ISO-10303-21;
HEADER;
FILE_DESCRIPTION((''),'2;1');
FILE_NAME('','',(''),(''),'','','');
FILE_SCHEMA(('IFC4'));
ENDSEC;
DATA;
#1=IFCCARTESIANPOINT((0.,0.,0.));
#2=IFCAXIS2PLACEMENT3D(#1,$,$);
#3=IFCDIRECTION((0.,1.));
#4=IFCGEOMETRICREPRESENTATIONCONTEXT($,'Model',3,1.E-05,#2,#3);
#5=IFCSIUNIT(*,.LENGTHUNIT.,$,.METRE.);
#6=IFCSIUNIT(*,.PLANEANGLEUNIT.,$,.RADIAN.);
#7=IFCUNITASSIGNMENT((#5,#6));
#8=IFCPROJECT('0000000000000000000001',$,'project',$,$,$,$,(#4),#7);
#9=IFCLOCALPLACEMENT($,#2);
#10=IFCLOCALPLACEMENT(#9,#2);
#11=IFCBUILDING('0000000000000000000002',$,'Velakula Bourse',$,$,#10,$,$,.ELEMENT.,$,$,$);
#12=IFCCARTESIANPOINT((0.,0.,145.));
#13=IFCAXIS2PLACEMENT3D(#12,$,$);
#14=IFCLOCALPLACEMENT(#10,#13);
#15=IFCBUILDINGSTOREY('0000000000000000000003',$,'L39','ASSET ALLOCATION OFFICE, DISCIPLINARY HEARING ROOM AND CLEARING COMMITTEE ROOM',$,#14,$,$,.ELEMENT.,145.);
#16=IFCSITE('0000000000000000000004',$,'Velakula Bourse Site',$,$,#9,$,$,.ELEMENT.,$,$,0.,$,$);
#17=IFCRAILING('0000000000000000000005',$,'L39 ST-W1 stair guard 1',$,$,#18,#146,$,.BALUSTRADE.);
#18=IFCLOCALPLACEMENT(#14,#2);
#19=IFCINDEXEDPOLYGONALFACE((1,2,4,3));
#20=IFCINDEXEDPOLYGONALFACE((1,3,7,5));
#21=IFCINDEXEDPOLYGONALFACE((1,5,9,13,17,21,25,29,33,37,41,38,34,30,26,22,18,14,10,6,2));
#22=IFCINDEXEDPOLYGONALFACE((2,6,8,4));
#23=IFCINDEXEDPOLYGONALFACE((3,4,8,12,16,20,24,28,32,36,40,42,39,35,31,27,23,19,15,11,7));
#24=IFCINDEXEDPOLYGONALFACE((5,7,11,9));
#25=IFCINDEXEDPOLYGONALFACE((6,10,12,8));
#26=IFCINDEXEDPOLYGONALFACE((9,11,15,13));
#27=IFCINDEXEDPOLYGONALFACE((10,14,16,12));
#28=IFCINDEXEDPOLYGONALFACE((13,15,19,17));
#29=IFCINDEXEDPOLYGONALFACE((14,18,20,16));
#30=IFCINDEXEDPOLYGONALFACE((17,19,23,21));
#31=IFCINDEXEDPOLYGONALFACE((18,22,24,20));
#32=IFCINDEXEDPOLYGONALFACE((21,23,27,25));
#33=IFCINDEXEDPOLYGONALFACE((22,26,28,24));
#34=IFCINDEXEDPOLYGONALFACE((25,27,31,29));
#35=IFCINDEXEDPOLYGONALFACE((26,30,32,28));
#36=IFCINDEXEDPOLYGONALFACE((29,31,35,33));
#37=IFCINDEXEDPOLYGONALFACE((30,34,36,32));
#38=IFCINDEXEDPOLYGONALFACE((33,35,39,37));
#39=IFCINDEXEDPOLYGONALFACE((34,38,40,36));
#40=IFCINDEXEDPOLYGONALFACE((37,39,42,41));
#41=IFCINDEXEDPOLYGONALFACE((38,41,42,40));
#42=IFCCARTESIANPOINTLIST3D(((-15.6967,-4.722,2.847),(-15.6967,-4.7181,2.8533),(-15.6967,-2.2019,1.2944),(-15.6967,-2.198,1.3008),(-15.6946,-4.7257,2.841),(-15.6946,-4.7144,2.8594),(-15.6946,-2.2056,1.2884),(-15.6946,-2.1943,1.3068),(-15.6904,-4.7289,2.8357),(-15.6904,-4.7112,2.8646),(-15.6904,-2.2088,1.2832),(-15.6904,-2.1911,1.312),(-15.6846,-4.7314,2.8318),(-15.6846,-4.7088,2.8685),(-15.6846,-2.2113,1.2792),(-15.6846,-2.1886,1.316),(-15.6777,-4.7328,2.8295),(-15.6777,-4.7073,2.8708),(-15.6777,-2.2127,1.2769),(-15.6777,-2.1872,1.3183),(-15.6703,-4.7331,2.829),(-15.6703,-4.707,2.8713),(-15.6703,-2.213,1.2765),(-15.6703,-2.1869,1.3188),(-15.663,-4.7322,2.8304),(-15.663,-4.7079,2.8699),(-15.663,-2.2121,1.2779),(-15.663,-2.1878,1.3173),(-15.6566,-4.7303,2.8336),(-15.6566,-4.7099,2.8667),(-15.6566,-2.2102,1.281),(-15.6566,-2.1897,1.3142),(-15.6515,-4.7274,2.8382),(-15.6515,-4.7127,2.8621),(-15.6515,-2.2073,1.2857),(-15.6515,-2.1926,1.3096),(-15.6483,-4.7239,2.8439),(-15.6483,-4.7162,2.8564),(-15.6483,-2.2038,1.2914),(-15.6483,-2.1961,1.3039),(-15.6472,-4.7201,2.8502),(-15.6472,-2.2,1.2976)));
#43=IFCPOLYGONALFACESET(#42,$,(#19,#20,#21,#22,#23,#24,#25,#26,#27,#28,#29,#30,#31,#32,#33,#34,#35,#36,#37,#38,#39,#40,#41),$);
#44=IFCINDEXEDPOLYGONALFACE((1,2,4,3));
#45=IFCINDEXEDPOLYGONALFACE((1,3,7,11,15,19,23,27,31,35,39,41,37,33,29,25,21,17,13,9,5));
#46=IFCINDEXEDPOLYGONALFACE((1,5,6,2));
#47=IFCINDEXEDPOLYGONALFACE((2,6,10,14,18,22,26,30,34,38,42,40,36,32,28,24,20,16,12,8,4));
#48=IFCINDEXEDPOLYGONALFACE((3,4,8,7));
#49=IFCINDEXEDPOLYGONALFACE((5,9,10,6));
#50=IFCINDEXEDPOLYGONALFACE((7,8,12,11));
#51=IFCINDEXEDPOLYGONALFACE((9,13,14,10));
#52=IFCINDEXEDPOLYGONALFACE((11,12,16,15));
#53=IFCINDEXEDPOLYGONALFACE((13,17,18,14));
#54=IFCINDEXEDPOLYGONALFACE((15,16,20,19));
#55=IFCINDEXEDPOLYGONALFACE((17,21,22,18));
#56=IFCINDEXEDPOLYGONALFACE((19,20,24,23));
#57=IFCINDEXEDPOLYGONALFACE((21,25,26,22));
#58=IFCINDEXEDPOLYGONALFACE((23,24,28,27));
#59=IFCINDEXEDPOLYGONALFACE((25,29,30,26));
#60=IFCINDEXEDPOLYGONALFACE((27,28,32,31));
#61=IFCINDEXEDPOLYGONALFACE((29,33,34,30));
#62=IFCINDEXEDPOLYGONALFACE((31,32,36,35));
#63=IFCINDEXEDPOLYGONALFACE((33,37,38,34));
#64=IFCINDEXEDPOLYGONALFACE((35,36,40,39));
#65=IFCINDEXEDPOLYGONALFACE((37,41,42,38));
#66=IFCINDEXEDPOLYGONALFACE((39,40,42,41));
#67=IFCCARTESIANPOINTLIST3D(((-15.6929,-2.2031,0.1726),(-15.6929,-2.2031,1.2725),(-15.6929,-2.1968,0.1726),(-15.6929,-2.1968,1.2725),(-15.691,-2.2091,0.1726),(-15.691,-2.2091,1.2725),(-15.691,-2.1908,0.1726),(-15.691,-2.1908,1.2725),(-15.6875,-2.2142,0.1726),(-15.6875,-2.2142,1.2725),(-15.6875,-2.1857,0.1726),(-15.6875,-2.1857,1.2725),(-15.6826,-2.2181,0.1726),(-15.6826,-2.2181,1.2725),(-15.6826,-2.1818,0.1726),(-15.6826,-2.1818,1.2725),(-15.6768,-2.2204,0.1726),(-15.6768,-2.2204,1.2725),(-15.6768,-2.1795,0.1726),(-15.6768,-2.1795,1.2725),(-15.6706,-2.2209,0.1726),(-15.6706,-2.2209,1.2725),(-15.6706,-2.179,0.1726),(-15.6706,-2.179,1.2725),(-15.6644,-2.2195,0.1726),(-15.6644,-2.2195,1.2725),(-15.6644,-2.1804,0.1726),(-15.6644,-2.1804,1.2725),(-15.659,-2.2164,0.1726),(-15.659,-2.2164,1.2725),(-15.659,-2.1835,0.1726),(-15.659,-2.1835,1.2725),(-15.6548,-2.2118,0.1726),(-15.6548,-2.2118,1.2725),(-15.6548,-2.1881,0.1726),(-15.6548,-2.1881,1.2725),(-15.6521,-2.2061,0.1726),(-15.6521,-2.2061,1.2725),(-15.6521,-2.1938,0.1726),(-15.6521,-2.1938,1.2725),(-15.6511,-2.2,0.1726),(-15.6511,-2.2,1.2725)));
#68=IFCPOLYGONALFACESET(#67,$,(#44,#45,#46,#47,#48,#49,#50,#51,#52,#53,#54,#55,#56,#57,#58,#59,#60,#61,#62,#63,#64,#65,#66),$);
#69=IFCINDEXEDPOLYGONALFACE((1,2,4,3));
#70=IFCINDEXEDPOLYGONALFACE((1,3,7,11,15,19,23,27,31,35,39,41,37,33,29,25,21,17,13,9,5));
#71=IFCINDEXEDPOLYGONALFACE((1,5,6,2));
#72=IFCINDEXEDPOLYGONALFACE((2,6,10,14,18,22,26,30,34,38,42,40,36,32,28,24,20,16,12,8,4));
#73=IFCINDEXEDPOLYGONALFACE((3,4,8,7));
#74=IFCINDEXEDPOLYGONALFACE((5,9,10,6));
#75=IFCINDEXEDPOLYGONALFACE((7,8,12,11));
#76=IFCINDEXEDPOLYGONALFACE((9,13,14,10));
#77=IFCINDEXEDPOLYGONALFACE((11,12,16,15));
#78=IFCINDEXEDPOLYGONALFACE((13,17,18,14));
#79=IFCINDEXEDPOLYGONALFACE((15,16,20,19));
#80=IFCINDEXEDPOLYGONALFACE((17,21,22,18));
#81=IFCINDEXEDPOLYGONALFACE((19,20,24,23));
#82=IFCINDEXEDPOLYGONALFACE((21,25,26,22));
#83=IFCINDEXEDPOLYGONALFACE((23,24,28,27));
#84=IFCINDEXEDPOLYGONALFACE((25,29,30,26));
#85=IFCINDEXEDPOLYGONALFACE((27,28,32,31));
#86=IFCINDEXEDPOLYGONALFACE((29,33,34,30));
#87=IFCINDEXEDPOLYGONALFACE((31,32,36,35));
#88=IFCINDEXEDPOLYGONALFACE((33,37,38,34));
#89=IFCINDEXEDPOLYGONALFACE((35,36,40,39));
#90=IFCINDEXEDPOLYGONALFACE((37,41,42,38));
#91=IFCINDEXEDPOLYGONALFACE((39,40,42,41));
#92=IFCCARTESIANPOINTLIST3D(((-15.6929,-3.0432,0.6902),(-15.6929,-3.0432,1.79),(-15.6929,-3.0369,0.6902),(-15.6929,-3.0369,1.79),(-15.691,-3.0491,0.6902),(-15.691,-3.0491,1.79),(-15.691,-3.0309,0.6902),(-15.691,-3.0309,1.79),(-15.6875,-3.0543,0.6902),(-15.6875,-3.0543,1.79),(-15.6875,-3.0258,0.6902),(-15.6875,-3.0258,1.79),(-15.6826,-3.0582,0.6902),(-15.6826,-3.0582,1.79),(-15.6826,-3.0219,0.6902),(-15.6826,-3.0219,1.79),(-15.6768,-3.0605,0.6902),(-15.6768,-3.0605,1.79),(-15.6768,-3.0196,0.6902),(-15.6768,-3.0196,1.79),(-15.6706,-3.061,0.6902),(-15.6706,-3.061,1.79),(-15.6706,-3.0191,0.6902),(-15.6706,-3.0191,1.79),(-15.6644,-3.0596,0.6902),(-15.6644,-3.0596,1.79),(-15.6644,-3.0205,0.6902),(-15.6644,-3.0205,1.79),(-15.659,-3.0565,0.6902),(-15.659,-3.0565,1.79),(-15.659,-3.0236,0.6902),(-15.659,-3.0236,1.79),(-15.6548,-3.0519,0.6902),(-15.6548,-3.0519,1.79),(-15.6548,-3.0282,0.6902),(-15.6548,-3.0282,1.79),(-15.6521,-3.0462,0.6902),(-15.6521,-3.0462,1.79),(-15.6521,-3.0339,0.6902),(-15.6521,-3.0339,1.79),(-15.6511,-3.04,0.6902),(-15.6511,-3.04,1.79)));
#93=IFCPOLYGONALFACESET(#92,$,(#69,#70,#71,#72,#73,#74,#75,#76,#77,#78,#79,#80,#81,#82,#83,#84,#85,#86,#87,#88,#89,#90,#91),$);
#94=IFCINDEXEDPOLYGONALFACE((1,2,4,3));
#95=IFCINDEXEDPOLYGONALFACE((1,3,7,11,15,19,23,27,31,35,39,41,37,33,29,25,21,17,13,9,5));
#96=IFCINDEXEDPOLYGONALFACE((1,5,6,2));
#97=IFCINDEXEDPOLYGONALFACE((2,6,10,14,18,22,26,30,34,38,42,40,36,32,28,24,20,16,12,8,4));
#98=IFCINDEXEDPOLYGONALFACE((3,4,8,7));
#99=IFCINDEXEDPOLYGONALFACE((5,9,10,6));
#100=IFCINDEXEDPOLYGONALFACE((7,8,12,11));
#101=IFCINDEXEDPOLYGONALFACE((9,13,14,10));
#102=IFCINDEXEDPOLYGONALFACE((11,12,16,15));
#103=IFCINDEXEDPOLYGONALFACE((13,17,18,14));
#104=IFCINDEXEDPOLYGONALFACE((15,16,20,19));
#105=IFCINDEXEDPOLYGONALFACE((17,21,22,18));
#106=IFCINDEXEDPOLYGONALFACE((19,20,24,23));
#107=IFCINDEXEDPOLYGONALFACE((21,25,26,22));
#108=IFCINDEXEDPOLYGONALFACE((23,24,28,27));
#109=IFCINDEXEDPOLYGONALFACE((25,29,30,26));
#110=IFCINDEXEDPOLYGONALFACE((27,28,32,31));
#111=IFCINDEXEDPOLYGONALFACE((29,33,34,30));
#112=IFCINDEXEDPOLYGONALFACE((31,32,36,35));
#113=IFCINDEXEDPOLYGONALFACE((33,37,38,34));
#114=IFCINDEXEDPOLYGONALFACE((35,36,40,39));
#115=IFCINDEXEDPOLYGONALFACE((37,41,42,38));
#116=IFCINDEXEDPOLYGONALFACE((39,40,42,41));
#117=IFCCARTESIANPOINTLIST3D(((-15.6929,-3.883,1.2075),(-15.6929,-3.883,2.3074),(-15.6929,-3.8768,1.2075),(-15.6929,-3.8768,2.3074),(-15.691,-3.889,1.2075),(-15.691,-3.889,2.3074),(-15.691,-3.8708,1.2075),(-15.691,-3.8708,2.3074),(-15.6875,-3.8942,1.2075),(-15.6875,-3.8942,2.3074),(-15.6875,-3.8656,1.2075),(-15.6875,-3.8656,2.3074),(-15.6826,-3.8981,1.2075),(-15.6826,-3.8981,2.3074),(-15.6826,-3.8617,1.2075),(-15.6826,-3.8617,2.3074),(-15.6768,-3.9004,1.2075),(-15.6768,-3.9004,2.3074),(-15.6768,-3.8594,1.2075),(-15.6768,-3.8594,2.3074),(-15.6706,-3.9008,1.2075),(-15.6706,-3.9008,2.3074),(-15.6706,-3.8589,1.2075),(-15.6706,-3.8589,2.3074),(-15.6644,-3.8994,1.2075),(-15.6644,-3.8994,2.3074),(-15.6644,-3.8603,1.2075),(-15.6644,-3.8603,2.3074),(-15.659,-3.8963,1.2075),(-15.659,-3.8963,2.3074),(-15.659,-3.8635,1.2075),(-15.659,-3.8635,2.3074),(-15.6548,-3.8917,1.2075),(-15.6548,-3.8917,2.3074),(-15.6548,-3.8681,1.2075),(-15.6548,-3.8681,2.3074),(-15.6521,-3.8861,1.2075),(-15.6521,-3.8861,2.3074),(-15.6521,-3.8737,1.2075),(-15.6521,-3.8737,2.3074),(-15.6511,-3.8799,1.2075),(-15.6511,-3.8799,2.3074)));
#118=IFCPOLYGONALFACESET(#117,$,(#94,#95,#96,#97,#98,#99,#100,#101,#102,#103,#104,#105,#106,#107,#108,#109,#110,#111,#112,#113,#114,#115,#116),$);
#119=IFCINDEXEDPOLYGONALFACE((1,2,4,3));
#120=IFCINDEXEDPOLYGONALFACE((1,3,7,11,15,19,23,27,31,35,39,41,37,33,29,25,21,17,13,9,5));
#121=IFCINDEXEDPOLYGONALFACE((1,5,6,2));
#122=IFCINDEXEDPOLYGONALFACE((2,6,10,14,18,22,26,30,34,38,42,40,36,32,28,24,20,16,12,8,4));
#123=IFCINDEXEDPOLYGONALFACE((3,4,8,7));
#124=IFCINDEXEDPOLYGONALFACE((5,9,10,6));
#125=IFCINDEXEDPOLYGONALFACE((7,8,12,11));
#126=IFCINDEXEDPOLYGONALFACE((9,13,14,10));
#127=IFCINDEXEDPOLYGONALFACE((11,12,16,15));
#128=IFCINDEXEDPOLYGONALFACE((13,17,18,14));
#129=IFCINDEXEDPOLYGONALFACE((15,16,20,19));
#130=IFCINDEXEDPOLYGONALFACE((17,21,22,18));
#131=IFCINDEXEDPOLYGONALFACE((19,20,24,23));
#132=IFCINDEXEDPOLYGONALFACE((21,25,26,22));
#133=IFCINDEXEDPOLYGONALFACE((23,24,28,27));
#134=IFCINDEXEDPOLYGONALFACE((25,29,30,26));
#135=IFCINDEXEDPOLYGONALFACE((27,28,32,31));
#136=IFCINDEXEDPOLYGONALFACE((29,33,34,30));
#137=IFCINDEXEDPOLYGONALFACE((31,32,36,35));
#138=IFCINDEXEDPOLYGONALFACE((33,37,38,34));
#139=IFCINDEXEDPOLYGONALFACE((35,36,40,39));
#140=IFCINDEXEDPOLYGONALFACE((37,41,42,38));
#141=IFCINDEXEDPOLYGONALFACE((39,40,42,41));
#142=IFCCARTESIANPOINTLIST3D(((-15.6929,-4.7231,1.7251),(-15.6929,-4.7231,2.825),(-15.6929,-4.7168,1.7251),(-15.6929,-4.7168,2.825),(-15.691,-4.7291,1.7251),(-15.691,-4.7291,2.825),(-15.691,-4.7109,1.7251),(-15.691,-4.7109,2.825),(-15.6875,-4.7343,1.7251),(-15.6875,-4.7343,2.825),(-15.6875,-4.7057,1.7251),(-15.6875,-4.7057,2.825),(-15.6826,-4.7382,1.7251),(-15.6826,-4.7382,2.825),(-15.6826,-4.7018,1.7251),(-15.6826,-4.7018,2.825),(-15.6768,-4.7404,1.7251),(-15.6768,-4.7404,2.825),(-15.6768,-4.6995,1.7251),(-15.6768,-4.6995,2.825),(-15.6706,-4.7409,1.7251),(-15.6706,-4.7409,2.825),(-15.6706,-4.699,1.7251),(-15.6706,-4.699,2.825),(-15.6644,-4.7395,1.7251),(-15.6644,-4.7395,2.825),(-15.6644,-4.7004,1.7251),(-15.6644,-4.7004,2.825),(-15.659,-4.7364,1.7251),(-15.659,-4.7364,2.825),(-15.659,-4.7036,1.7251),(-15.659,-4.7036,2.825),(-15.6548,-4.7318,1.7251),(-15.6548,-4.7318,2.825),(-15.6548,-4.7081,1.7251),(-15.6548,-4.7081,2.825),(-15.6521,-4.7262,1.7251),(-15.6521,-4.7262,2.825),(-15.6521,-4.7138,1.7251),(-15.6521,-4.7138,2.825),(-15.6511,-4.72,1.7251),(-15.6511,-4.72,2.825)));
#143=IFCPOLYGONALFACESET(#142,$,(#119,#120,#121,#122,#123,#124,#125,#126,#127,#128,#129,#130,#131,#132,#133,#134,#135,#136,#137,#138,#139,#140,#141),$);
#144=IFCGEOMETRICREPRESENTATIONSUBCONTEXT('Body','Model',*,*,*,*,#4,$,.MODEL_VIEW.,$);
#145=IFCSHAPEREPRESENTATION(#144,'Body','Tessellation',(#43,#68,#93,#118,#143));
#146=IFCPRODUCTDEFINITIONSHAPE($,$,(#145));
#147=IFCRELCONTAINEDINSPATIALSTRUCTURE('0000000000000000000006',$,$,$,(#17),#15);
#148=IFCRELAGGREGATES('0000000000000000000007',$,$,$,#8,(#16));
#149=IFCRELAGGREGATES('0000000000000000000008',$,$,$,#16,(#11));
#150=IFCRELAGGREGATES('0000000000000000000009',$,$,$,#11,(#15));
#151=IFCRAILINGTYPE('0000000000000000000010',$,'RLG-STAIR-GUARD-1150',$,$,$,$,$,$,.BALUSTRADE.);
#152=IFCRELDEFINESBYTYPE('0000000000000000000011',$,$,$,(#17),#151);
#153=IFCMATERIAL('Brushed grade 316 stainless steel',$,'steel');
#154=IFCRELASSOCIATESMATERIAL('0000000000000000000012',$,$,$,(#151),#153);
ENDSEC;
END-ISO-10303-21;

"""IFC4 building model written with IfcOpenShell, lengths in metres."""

from ifc_helpers import new_model, si_unit, direction, frame, origin, origin_2d, place, context, subcontext, project, spatial, circle, extrude, material, type_object, element, save


model = new_model("IFC4")

# Units and contexts
model_context = context("Model", 3, precision=1e-05, world=origin(), true_north=direction((0.0, 1.0)))
body_context = subcontext(model_context, "Body", "Model", "MODEL_VIEW")
ifc_project = project(units=[si_unit("LENGTHUNIT", "METRE"), si_unit("PLANEANGLEUNIT", "RADIAN")], contexts=[model_context])

# Site, building, storey
site_placement = place(None, origin())
site = spatial("IfcSite", under=ifc_project, at=site_placement, Name="Velakula Bourse Site", CompositionType="ELEMENT", RefElevation=0.0)
building_placement = place(site_placement, origin())
building = spatial("IfcBuilding", under=site, at=building_placement, Name="Velakula Bourse", CompositionType="ELEMENT")
storey_placement = place(building_placement, frame((0.0, 0.0, 145.0)))
storey = spatial("IfcBuildingStorey", under=building, at=storey_placement, Name="L39", Description="ASSET ALLOCATION OFFICE, DISCIPLINARY HEARING ROOM AND CLEARING COMMITTEE ROOM", CompositionType="ELEMENT", Elevation=145.0)

# Shared definitions
ifc_material_1 = material(Name="Brushed grade 316 stainless steel", Category="steel")

# Railing
railing_type_1 = type_object("IfcRailingType", Name="RLG-STAIR-GUARD-1150", PredefinedType="BALUSTRADE", material=ifc_material_1)
railing_1_placement = place(storey_placement, frame((-15.6721, -2.2, 0.1726)))
element("IfcRailing", 1, at=railing_1_placement, inside=storey, type_object=railing_type_1, Name="L39 ST-W1 stair guard 1", PredefinedType="BALUSTRADE", context=body_context, shape_type="SweptSolid", body=[
    extrude(circle(Radius=0.0249, at=origin_2d()), frame((0.0, 0.0, 1.125), z_axis=(0.0, -0.8514, 0.524516), x_axis=(1.0, 0.0, 0.0)), (0.0, 0.0, 1.0), 2.96),
    extrude(circle(Radius=0.021, at=origin_2d()), origin(), (0.0, 0.0, 1.0), 1.0999),
    extrude(circle(Radius=0.021, at=origin_2d()), frame((0.0, -0.8401, 0.5176)), (0.0, 0.0, 1.0), 1.0999),
    extrude(circle(Radius=0.021, at=origin_2d()), frame((0.0, -1.6799, 1.0349)), (0.0, 0.0, 1.0), 1.0999),
    extrude(circle(Radius=0.021, at=origin_2d()), frame((0.0, -2.52, 1.5525)), (0.0, 0.0, 1.0), 1.0999),
])

save(model, "model.ifc")
